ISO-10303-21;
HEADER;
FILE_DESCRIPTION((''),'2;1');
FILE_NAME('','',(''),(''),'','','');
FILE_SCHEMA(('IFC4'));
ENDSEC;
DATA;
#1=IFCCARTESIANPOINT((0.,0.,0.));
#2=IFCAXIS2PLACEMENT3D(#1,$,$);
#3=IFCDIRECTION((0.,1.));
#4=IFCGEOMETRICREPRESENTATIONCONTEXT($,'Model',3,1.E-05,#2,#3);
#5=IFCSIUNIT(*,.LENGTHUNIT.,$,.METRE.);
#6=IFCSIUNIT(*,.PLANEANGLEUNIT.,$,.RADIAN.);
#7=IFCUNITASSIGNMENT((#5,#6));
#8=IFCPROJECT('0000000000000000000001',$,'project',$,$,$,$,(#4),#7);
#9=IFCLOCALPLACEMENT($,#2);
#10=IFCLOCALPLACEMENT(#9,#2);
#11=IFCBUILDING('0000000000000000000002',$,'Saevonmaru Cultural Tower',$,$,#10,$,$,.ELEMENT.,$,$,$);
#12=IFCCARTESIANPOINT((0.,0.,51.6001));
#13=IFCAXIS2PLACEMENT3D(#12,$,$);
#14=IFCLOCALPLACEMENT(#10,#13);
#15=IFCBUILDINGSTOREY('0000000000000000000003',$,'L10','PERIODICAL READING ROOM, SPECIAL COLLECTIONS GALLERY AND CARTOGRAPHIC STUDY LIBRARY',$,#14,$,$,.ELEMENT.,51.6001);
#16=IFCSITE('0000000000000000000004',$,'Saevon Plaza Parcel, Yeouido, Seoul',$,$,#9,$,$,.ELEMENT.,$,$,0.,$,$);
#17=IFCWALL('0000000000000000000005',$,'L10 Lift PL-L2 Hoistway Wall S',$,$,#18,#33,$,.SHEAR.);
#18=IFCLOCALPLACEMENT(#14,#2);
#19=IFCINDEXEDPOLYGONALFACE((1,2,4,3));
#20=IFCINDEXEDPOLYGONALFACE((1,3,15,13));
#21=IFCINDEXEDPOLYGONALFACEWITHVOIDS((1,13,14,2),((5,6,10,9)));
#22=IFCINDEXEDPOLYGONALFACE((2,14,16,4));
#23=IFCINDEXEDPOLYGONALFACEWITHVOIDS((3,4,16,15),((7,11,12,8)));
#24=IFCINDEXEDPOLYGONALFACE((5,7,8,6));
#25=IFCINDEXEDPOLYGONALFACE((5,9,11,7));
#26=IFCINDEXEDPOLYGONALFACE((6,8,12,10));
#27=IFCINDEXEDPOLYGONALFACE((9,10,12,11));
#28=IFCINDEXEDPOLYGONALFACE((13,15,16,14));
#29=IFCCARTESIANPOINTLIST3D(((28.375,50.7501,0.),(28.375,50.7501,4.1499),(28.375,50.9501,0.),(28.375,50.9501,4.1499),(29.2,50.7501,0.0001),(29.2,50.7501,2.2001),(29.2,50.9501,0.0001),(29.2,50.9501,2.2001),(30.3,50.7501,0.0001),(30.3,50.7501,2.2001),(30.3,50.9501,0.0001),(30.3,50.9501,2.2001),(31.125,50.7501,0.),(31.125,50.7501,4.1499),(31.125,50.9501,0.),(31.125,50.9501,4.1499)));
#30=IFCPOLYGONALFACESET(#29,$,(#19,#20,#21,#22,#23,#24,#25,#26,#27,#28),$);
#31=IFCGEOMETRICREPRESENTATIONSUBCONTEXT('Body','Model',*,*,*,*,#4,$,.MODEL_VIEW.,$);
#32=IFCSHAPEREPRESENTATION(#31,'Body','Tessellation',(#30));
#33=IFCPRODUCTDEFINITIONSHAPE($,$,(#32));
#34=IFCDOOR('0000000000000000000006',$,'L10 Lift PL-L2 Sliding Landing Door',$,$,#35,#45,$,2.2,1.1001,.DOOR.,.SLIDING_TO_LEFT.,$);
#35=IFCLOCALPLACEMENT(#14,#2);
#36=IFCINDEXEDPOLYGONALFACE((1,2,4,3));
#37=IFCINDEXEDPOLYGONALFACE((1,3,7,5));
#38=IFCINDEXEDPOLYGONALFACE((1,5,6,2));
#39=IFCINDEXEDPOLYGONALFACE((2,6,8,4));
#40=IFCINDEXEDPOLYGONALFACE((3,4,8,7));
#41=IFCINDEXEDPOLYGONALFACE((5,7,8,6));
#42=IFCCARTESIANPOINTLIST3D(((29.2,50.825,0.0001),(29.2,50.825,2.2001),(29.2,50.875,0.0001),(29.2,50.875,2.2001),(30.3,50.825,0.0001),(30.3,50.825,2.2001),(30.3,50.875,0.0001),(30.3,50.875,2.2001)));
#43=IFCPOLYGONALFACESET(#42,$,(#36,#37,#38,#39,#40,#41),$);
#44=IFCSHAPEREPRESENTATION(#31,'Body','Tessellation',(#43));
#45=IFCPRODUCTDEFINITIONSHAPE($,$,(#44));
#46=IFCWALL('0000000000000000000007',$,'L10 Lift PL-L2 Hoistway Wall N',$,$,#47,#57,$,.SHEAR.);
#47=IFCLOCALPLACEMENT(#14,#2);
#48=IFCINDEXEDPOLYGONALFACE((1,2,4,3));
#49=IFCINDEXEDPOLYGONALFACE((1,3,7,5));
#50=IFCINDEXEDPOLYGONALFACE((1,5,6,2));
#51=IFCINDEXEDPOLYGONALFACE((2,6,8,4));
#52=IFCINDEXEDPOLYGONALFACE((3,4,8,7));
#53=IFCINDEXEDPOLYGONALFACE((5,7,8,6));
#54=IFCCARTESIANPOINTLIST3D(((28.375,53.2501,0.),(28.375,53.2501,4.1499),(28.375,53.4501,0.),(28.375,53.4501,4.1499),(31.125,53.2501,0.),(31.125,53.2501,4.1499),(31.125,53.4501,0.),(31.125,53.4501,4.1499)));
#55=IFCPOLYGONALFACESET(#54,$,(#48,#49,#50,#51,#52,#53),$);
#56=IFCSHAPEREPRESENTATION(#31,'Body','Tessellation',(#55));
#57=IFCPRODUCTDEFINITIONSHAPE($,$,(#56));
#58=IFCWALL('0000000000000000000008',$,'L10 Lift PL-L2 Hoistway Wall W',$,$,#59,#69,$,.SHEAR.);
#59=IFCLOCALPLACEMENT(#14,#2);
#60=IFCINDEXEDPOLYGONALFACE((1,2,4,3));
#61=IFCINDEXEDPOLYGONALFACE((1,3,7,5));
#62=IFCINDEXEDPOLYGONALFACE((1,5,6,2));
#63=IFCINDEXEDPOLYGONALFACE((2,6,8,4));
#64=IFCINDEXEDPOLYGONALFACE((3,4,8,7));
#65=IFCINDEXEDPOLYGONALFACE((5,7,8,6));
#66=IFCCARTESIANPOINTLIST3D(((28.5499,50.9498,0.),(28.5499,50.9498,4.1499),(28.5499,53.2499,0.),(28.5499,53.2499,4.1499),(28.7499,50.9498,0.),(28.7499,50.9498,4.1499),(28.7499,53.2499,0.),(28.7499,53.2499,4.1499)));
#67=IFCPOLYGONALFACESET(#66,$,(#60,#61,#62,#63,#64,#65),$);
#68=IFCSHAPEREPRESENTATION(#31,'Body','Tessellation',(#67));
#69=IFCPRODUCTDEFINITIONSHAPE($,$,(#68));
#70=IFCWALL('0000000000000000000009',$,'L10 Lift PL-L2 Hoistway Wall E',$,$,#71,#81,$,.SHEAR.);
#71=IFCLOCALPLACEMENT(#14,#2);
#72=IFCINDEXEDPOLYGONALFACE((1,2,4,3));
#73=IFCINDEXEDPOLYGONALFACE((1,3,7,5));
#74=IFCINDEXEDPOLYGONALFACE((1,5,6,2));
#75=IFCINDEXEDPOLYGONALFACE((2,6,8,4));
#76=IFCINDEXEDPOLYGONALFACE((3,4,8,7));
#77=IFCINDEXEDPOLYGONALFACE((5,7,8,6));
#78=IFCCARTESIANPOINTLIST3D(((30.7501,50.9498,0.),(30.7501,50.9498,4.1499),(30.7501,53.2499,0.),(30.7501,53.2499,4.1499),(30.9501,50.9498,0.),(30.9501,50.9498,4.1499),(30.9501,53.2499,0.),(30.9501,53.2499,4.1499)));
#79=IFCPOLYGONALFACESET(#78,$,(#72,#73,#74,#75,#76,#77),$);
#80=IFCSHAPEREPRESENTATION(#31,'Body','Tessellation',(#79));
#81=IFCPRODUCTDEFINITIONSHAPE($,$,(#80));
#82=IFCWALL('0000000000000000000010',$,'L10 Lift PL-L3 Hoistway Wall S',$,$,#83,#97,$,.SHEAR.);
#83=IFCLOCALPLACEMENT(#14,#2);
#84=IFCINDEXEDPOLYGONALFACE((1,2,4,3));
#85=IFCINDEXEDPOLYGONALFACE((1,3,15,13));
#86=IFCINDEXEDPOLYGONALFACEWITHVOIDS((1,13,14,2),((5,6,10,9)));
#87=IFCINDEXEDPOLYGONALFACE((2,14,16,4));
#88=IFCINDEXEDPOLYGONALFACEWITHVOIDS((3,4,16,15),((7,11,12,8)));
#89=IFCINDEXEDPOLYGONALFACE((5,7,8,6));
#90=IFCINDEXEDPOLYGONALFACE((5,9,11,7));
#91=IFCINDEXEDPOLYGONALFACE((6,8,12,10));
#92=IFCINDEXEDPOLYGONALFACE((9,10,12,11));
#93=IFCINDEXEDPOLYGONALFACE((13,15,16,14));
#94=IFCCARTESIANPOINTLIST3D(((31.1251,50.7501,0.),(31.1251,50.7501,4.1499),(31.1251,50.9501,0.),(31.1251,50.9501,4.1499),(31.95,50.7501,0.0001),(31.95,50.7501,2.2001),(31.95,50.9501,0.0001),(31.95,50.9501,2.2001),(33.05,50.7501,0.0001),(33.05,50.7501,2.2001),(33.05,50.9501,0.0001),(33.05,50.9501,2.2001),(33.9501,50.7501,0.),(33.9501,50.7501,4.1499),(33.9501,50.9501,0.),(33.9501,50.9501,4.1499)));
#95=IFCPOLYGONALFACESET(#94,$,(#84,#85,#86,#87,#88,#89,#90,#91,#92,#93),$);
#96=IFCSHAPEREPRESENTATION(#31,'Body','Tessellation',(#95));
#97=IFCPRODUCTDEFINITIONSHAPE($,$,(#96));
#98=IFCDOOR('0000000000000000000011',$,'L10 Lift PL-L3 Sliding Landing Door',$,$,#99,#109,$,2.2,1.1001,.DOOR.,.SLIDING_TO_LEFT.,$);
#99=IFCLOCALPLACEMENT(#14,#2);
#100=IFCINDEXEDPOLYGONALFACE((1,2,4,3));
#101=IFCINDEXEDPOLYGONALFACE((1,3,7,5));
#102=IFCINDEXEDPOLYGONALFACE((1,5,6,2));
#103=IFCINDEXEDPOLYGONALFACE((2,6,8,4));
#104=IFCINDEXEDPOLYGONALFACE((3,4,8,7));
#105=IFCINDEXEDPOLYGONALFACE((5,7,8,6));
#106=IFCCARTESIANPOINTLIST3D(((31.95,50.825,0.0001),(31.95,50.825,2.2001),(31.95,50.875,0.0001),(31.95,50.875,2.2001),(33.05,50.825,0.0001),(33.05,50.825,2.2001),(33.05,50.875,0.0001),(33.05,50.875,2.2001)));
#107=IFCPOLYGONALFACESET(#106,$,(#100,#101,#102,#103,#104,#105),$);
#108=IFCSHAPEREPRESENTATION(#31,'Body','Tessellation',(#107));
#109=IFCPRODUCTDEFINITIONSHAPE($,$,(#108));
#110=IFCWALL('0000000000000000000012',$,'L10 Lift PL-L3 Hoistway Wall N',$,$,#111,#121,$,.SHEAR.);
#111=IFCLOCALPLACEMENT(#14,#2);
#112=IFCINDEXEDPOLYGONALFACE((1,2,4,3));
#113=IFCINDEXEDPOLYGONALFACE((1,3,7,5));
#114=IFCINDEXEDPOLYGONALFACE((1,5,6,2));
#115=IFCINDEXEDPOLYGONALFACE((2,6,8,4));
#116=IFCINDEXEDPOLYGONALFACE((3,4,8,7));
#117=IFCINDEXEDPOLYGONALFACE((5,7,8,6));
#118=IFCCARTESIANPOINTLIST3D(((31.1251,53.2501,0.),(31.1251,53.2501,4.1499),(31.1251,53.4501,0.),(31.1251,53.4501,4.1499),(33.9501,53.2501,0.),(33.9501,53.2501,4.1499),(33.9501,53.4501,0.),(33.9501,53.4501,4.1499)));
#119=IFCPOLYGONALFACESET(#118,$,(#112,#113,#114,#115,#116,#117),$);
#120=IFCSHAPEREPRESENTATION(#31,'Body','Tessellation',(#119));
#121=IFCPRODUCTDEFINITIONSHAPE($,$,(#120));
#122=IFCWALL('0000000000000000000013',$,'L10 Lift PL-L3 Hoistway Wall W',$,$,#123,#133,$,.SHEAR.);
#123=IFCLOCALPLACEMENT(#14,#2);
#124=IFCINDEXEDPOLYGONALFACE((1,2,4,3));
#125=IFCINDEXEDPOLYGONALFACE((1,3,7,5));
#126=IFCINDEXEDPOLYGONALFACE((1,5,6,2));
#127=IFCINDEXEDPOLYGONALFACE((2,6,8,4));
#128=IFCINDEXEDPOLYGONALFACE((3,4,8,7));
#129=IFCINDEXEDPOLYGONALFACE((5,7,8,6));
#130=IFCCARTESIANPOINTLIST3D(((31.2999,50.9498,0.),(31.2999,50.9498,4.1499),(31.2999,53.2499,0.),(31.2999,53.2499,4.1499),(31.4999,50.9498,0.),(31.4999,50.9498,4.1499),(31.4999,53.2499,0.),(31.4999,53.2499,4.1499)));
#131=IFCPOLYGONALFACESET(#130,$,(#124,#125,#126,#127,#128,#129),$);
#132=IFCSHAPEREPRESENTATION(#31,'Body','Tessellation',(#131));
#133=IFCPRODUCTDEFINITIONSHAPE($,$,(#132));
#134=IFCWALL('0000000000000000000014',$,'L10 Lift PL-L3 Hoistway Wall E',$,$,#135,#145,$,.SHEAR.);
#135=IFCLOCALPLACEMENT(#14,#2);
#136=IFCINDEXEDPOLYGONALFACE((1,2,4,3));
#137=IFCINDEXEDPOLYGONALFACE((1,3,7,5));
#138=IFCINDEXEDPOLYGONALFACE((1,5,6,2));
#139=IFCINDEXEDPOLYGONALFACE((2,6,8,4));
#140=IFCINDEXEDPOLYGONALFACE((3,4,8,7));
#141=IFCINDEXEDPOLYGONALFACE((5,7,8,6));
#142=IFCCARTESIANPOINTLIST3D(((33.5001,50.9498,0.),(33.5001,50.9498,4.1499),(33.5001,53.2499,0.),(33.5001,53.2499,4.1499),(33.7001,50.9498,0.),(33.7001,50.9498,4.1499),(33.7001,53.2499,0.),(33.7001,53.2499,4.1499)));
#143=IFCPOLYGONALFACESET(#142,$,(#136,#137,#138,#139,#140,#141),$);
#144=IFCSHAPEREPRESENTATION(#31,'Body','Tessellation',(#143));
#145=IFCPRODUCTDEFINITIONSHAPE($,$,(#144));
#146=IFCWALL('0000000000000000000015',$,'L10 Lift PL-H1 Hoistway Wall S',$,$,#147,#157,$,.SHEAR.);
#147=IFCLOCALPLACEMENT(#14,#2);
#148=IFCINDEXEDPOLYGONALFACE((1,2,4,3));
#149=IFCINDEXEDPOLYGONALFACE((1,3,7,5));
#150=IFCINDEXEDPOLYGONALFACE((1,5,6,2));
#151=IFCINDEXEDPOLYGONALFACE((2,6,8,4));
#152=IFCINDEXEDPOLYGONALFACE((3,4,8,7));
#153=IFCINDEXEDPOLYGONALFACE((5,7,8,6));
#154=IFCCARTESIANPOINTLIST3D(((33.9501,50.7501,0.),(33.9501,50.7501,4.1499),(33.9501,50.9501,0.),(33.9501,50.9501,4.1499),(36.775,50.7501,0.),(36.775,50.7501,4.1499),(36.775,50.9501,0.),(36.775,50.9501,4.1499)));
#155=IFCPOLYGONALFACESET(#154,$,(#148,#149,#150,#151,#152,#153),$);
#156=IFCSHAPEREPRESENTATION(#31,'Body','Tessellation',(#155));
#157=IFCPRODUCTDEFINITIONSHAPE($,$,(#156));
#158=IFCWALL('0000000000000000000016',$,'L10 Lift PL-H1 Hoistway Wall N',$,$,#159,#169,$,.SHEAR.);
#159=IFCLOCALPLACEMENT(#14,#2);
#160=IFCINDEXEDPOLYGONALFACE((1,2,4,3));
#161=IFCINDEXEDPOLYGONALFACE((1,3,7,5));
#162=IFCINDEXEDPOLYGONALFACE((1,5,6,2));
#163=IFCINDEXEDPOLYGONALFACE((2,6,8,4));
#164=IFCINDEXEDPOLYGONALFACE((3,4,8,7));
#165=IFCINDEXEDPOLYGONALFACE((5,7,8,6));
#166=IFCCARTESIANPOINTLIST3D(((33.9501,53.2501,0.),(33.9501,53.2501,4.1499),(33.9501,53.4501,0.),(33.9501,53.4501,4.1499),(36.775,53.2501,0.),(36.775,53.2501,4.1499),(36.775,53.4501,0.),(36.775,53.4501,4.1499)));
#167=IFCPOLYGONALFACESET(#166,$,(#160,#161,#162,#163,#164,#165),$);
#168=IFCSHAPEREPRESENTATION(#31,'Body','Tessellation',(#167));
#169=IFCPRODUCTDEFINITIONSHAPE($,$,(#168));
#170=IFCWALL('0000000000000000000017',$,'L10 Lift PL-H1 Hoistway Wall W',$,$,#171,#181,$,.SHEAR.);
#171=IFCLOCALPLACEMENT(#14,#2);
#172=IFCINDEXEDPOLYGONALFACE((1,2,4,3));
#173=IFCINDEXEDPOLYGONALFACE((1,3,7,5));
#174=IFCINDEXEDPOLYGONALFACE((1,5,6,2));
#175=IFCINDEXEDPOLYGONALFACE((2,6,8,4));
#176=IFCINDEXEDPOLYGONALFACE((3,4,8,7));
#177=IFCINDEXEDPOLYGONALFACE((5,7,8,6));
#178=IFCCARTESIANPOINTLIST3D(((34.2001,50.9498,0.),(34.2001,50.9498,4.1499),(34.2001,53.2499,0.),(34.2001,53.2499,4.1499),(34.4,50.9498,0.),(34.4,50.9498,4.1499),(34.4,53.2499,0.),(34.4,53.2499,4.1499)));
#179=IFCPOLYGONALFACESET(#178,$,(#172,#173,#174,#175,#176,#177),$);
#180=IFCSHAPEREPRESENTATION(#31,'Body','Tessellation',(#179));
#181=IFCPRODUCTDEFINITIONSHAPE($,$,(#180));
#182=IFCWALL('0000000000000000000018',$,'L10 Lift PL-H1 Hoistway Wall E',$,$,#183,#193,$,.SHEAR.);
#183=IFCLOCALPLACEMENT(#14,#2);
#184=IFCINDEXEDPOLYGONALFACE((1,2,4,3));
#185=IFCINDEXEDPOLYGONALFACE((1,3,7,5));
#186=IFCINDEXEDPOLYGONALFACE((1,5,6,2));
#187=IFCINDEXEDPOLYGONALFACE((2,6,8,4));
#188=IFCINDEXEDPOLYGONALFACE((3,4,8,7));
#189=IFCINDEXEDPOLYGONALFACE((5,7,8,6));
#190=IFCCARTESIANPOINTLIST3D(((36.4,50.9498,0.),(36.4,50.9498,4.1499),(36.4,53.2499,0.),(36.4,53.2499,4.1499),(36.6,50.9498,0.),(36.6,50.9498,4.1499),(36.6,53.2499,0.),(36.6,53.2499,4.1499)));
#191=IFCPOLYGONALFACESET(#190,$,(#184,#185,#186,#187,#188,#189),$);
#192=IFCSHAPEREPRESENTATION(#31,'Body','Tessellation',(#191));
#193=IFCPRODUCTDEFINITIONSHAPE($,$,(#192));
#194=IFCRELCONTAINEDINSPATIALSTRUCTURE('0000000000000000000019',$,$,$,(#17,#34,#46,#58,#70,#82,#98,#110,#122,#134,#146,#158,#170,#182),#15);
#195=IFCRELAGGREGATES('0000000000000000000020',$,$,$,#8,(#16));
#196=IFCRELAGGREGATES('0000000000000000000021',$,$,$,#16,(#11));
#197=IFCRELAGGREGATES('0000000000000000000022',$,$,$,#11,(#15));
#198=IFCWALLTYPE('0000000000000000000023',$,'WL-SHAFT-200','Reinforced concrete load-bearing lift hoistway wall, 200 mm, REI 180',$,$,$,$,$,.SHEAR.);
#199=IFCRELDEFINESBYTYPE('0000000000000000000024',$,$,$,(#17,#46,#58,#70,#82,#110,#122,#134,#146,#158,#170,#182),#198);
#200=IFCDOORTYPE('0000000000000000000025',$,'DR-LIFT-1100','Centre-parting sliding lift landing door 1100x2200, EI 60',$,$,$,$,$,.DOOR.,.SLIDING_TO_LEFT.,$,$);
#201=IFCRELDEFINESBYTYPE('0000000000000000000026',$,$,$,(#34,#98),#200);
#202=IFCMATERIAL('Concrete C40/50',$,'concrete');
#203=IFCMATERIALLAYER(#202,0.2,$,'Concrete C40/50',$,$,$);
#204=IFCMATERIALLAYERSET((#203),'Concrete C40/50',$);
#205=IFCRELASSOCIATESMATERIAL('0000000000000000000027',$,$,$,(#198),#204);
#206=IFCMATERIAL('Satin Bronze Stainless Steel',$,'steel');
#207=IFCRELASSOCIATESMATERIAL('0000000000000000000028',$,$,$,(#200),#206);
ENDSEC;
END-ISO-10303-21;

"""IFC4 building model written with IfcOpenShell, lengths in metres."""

from ifc_helpers import new_model, si_unit, direction, frame, frame_2d, origin, place, context, subcontext, project, spatial, rectangle, extrude, material, layer, layer_set, type_object, element, fill, save


model = new_model("IFC4")

# Units and contexts
model_context = context("Model", 3, precision=1e-05, world=origin(), true_north=direction((0.0, 1.0)))
body_context = subcontext(model_context, "Body", "Model", "MODEL_VIEW")
ifc_project = project(units=[si_unit("LENGTHUNIT", "METRE"), si_unit("PLANEANGLEUNIT", "RADIAN")], contexts=[model_context])

# Site, building, storey
site_placement = place(None, origin())
site = spatial("IfcSite", under=ifc_project, at=site_placement, Name="Saevon Plaza Parcel, Yeouido, Seoul", CompositionType="ELEMENT", RefElevation=0.0)
building_placement = place(site_placement, origin())
building = spatial("IfcBuilding", under=site, at=building_placement, Name="Saevonmaru Cultural Tower", CompositionType="ELEMENT")
storey_placement = place(building_placement, frame((0.0, 0.0, 51.6001)))
storey = spatial("IfcBuildingStorey", under=building, at=storey_placement, Name="L10", Description="PERIODICAL READING ROOM, SPECIAL COLLECTIONS GALLERY AND CARTOGRAPHIC STUDY LIBRARY", CompositionType="ELEMENT", Elevation=51.6001)

# Shared definitions
ifc_material_1 = material(Name="Concrete C40/50", Category="concrete")
ifc_layer_1 = layer(ifc_material_1, 0.2, Name="Concrete C40/50")
ifc_layer_set_1 = layer_set([ifc_layer_1], Name="Concrete C40/50")
wall_type_1 = type_object("IfcWallType", Name="WL-SHAFT-200", Description="Reinforced concrete load-bearing lift hoistway wall, 200 mm, REI 180", PredefinedType="SHEAR", material=ifc_layer_set_1)

# Wall, opening, door
wall_1_placement = place(storey_placement, frame((28.375, 50.8501, 0.0), z_axis=(0.0, 0.0, 1.0), x_axis=(1.0, 0.0, 0.0)))
wall_1 = element("IfcWall", 1, at=wall_1_placement, inside=storey, type_object=wall_type_1, Name="L10 Lift PL-L2 Hoistway Wall S", PredefinedType="SHEAR", context=body_context, shape_type="SweptSolid", body=[
    extrude(rectangle(XDim=2.75, YDim=0.2, at=frame_2d((1.375, 0.0))), origin(), (0.0, 0.0, 1.0), 4.1499),
])
opening_1_placement = place(wall_1_placement, frame((0.825, 0.0, 0.0)))
opening_1 = element("IfcOpeningElement", 2, at=opening_1_placement, cuts=wall_1, PredefinedType="OPENING", context=body_context, shape_type="SweptSolid", body=[
    extrude(rectangle(XDim=1.1001, YDim=2.2, at=frame_2d((0.55, 1.1001))), frame((0.0, 0.1099, 0.0), z_axis=(0.0, -1.0, 0.0), x_axis=(1.0, 0.0, 0.0)), (0.0, 0.0, 1.0), 0.22),
])
ifc_material_2 = material(Name="Satin Bronze Stainless Steel", Category="steel")
door_type_1 = type_object("IfcDoorType", Name="DR-LIFT-1100", Description="Centre-parting sliding lift landing door 1100x2200, EI 60", OperationType="SLIDING_TO_LEFT", PredefinedType="DOOR", material=ifc_material_2)
door_1_placement = place(opening_1_placement, origin())
door_1 = element("IfcDoor", 3, at=door_1_placement, inside=storey, type_object=door_type_1, Name="L10 Lift PL-L2 Sliding Landing Door", OperationType="SLIDING_TO_LEFT", OverallHeight=2.2, OverallWidth=1.1001, PredefinedType="DOOR", context=body_context, shape_type="SweptSolid", body=[
    extrude(rectangle(XDim=1.1001, YDim=2.2, at=frame_2d((0.55, 1.1001))), frame((0.0, 0.0249, 0.0), z_axis=(0.0, -1.0, 0.0), x_axis=(1.0, 0.0, 0.0)), (0.0, 0.0, 1.0), 0.05),
])
fill(opening_1, door_1)

# Walls
wall_2_placement = place(storey_placement, frame((28.375, 53.3501, 0.0), z_axis=(0.0, 0.0, 1.0), x_axis=(1.0, 0.0, 0.0)))
element("IfcWall", 4, at=wall_2_placement, inside=storey, type_object=wall_type_1, Name="L10 Lift PL-L2 Hoistway Wall N", PredefinedType="SHEAR", context=body_context, shape_type="SweptSolid", body=[
    extrude(rectangle(XDim=2.75, YDim=0.2, at=frame_2d((1.375, 0.0))), origin(), (0.0, 0.0, 1.0), 4.1499),
])
for number, where, z_axis, x_axis, name in (
    (5, (28.6499, 50.95, 0.0), (0.0, 0.0, 1.0), (0.0, 1.0, 0.0), "L10 Lift PL-L2 Hoistway Wall W"),
    (6, (30.8501, 50.95, 0.0), (0.0, 0.0, 1.0), (0.0, 1.0, 0.0), "L10 Lift PL-L2 Hoistway Wall E"),
):
    element("IfcWall", number, at=place(storey_placement, frame(where, z_axis=z_axis, x_axis=x_axis)), inside=storey, type_object=wall_type_1, Name=name, PredefinedType="SHEAR", context=body_context, shape_type="SweptSolid", body=[
        extrude(rectangle(XDim=2.3, YDim=0.2, at=frame_2d((1.1499, 0.0))), origin(), (0.0, 0.0, 1.0), 4.1499),
    ])

# Wall, opening, door
wall_3_placement = place(storey_placement, frame((31.125, 50.8501, 0.0), z_axis=(0.0, 0.0, 1.0), x_axis=(1.0, 0.0, 0.0)))
wall_3 = element("IfcWall", 7, at=wall_3_placement, inside=storey, type_object=wall_type_1, Name="L10 Lift PL-L3 Hoistway Wall S", PredefinedType="SHEAR", context=body_context, shape_type="SweptSolid", body=[
    extrude(rectangle(XDim=2.825, YDim=0.2, at=frame_2d((1.4126, 0.0))), origin(), (0.0, 0.0, 1.0), 4.1499),
])
opening_2_placement = place(wall_3_placement, frame((0.825, 0.0, 0.0)))
opening_2 = element("IfcOpeningElement", 8, at=opening_2_placement, cuts=wall_3, PredefinedType="OPENING", context=body_context, shape_type="SweptSolid", body=[
    extrude(rectangle(XDim=1.1001, YDim=2.2, at=frame_2d((0.55, 1.1001))), frame((0.0, 0.1099, 0.0), z_axis=(0.0, -1.0, 0.0), x_axis=(1.0, 0.0, 0.0)), (0.0, 0.0, 1.0), 0.22),
])
door_2_placement = place(opening_2_placement, origin())
door_2 = element("IfcDoor", 9, at=door_2_placement, inside=storey, type_object=door_type_1, Name="L10 Lift PL-L3 Sliding Landing Door", OperationType="SLIDING_TO_LEFT", OverallHeight=2.2, OverallWidth=1.1001, PredefinedType="DOOR", context=body_context, shape_type="SweptSolid", body=[
    extrude(rectangle(XDim=1.1001, YDim=2.2, at=frame_2d((0.55, 1.1001))), frame((0.0, 0.0249, 0.0), z_axis=(0.0, -1.0, 0.0), x_axis=(1.0, 0.0, 0.0)), (0.0, 0.0, 1.0), 0.05),
])
fill(opening_2, door_2)

# Walls
wall_4_placement = place(storey_placement, frame((31.125, 53.3501, 0.0), z_axis=(0.0, 0.0, 1.0), x_axis=(1.0, 0.0, 0.0)))
element("IfcWall", 10, at=wall_4_placement, inside=storey, type_object=wall_type_1, Name="L10 Lift PL-L3 Hoistway Wall N", PredefinedType="SHEAR", context=body_context, shape_type="SweptSolid", body=[
    extrude(rectangle(XDim=2.825, YDim=0.2, at=frame_2d((1.4126, 0.0))), origin(), (0.0, 0.0, 1.0), 4.1499),
])
for number, where, z_axis, x_axis, name in (
    (11, (31.3999, 50.95, 0.0), (0.0, 0.0, 1.0), (0.0, 1.0, 0.0), "L10 Lift PL-L3 Hoistway Wall W"),
    (12, (33.6001, 50.95, 0.0), (0.0, 0.0, 1.0), (0.0, 1.0, 0.0), "L10 Lift PL-L3 Hoistway Wall E"),
):
    element("IfcWall", number, at=place(storey_placement, frame(where, z_axis=z_axis, x_axis=x_axis)), inside=storey, type_object=wall_type_1, Name=name, PredefinedType="SHEAR", context=body_context, shape_type="SweptSolid", body=[
        extrude(rectangle(XDim=2.3, YDim=0.2, at=frame_2d((1.1499, 0.0))), origin(), (0.0, 0.0, 1.0), 4.1499),
    ])
for number, where, z_axis, x_axis, name in (
    (13, (33.95, 50.8501, 0.0), (0.0, 0.0, 1.0), (1.0, 0.0, 0.0), "L10 Lift PL-H1 Hoistway Wall S"),
    (14, (33.95, 53.3501, 0.0), (0.0, 0.0, 1.0), (1.0, 0.0, 0.0), "L10 Lift PL-H1 Hoistway Wall N"),
):
    element("IfcWall", number, at=place(storey_placement, frame(where, z_axis=z_axis, x_axis=x_axis)), inside=storey, type_object=wall_type_1, Name=name, PredefinedType="SHEAR", context=body_context, shape_type="SweptSolid", body=[
        extrude(rectangle(XDim=2.825, YDim=0.2, at=frame_2d((1.4126, 0.0))), origin(), (0.0, 0.0, 1.0), 4.1499),
    ])
for number, where, z_axis, x_axis, name in (
    (15, (34.3, 50.95, 0.0), (0.0, 0.0, 1.0), (0.0, 1.0, 0.0), "L10 Lift PL-H1 Hoistway Wall W"),
    (16, (36.5, 50.95, 0.0), (0.0, 0.0, 1.0), (0.0, 1.0, 0.0), "L10 Lift PL-H1 Hoistway Wall E"),
):
    element("IfcWall", number, at=place(storey_placement, frame(where, z_axis=z_axis, x_axis=x_axis)), inside=storey, type_object=wall_type_1, Name=name, PredefinedType="SHEAR", context=body_context, shape_type="SweptSolid", body=[
        extrude(rectangle(XDim=2.3, YDim=0.2, at=frame_2d((1.1499, 0.0))), origin(), (0.0, 0.0, 1.0), 4.1499),
    ])

save(model, "model.ifc")
